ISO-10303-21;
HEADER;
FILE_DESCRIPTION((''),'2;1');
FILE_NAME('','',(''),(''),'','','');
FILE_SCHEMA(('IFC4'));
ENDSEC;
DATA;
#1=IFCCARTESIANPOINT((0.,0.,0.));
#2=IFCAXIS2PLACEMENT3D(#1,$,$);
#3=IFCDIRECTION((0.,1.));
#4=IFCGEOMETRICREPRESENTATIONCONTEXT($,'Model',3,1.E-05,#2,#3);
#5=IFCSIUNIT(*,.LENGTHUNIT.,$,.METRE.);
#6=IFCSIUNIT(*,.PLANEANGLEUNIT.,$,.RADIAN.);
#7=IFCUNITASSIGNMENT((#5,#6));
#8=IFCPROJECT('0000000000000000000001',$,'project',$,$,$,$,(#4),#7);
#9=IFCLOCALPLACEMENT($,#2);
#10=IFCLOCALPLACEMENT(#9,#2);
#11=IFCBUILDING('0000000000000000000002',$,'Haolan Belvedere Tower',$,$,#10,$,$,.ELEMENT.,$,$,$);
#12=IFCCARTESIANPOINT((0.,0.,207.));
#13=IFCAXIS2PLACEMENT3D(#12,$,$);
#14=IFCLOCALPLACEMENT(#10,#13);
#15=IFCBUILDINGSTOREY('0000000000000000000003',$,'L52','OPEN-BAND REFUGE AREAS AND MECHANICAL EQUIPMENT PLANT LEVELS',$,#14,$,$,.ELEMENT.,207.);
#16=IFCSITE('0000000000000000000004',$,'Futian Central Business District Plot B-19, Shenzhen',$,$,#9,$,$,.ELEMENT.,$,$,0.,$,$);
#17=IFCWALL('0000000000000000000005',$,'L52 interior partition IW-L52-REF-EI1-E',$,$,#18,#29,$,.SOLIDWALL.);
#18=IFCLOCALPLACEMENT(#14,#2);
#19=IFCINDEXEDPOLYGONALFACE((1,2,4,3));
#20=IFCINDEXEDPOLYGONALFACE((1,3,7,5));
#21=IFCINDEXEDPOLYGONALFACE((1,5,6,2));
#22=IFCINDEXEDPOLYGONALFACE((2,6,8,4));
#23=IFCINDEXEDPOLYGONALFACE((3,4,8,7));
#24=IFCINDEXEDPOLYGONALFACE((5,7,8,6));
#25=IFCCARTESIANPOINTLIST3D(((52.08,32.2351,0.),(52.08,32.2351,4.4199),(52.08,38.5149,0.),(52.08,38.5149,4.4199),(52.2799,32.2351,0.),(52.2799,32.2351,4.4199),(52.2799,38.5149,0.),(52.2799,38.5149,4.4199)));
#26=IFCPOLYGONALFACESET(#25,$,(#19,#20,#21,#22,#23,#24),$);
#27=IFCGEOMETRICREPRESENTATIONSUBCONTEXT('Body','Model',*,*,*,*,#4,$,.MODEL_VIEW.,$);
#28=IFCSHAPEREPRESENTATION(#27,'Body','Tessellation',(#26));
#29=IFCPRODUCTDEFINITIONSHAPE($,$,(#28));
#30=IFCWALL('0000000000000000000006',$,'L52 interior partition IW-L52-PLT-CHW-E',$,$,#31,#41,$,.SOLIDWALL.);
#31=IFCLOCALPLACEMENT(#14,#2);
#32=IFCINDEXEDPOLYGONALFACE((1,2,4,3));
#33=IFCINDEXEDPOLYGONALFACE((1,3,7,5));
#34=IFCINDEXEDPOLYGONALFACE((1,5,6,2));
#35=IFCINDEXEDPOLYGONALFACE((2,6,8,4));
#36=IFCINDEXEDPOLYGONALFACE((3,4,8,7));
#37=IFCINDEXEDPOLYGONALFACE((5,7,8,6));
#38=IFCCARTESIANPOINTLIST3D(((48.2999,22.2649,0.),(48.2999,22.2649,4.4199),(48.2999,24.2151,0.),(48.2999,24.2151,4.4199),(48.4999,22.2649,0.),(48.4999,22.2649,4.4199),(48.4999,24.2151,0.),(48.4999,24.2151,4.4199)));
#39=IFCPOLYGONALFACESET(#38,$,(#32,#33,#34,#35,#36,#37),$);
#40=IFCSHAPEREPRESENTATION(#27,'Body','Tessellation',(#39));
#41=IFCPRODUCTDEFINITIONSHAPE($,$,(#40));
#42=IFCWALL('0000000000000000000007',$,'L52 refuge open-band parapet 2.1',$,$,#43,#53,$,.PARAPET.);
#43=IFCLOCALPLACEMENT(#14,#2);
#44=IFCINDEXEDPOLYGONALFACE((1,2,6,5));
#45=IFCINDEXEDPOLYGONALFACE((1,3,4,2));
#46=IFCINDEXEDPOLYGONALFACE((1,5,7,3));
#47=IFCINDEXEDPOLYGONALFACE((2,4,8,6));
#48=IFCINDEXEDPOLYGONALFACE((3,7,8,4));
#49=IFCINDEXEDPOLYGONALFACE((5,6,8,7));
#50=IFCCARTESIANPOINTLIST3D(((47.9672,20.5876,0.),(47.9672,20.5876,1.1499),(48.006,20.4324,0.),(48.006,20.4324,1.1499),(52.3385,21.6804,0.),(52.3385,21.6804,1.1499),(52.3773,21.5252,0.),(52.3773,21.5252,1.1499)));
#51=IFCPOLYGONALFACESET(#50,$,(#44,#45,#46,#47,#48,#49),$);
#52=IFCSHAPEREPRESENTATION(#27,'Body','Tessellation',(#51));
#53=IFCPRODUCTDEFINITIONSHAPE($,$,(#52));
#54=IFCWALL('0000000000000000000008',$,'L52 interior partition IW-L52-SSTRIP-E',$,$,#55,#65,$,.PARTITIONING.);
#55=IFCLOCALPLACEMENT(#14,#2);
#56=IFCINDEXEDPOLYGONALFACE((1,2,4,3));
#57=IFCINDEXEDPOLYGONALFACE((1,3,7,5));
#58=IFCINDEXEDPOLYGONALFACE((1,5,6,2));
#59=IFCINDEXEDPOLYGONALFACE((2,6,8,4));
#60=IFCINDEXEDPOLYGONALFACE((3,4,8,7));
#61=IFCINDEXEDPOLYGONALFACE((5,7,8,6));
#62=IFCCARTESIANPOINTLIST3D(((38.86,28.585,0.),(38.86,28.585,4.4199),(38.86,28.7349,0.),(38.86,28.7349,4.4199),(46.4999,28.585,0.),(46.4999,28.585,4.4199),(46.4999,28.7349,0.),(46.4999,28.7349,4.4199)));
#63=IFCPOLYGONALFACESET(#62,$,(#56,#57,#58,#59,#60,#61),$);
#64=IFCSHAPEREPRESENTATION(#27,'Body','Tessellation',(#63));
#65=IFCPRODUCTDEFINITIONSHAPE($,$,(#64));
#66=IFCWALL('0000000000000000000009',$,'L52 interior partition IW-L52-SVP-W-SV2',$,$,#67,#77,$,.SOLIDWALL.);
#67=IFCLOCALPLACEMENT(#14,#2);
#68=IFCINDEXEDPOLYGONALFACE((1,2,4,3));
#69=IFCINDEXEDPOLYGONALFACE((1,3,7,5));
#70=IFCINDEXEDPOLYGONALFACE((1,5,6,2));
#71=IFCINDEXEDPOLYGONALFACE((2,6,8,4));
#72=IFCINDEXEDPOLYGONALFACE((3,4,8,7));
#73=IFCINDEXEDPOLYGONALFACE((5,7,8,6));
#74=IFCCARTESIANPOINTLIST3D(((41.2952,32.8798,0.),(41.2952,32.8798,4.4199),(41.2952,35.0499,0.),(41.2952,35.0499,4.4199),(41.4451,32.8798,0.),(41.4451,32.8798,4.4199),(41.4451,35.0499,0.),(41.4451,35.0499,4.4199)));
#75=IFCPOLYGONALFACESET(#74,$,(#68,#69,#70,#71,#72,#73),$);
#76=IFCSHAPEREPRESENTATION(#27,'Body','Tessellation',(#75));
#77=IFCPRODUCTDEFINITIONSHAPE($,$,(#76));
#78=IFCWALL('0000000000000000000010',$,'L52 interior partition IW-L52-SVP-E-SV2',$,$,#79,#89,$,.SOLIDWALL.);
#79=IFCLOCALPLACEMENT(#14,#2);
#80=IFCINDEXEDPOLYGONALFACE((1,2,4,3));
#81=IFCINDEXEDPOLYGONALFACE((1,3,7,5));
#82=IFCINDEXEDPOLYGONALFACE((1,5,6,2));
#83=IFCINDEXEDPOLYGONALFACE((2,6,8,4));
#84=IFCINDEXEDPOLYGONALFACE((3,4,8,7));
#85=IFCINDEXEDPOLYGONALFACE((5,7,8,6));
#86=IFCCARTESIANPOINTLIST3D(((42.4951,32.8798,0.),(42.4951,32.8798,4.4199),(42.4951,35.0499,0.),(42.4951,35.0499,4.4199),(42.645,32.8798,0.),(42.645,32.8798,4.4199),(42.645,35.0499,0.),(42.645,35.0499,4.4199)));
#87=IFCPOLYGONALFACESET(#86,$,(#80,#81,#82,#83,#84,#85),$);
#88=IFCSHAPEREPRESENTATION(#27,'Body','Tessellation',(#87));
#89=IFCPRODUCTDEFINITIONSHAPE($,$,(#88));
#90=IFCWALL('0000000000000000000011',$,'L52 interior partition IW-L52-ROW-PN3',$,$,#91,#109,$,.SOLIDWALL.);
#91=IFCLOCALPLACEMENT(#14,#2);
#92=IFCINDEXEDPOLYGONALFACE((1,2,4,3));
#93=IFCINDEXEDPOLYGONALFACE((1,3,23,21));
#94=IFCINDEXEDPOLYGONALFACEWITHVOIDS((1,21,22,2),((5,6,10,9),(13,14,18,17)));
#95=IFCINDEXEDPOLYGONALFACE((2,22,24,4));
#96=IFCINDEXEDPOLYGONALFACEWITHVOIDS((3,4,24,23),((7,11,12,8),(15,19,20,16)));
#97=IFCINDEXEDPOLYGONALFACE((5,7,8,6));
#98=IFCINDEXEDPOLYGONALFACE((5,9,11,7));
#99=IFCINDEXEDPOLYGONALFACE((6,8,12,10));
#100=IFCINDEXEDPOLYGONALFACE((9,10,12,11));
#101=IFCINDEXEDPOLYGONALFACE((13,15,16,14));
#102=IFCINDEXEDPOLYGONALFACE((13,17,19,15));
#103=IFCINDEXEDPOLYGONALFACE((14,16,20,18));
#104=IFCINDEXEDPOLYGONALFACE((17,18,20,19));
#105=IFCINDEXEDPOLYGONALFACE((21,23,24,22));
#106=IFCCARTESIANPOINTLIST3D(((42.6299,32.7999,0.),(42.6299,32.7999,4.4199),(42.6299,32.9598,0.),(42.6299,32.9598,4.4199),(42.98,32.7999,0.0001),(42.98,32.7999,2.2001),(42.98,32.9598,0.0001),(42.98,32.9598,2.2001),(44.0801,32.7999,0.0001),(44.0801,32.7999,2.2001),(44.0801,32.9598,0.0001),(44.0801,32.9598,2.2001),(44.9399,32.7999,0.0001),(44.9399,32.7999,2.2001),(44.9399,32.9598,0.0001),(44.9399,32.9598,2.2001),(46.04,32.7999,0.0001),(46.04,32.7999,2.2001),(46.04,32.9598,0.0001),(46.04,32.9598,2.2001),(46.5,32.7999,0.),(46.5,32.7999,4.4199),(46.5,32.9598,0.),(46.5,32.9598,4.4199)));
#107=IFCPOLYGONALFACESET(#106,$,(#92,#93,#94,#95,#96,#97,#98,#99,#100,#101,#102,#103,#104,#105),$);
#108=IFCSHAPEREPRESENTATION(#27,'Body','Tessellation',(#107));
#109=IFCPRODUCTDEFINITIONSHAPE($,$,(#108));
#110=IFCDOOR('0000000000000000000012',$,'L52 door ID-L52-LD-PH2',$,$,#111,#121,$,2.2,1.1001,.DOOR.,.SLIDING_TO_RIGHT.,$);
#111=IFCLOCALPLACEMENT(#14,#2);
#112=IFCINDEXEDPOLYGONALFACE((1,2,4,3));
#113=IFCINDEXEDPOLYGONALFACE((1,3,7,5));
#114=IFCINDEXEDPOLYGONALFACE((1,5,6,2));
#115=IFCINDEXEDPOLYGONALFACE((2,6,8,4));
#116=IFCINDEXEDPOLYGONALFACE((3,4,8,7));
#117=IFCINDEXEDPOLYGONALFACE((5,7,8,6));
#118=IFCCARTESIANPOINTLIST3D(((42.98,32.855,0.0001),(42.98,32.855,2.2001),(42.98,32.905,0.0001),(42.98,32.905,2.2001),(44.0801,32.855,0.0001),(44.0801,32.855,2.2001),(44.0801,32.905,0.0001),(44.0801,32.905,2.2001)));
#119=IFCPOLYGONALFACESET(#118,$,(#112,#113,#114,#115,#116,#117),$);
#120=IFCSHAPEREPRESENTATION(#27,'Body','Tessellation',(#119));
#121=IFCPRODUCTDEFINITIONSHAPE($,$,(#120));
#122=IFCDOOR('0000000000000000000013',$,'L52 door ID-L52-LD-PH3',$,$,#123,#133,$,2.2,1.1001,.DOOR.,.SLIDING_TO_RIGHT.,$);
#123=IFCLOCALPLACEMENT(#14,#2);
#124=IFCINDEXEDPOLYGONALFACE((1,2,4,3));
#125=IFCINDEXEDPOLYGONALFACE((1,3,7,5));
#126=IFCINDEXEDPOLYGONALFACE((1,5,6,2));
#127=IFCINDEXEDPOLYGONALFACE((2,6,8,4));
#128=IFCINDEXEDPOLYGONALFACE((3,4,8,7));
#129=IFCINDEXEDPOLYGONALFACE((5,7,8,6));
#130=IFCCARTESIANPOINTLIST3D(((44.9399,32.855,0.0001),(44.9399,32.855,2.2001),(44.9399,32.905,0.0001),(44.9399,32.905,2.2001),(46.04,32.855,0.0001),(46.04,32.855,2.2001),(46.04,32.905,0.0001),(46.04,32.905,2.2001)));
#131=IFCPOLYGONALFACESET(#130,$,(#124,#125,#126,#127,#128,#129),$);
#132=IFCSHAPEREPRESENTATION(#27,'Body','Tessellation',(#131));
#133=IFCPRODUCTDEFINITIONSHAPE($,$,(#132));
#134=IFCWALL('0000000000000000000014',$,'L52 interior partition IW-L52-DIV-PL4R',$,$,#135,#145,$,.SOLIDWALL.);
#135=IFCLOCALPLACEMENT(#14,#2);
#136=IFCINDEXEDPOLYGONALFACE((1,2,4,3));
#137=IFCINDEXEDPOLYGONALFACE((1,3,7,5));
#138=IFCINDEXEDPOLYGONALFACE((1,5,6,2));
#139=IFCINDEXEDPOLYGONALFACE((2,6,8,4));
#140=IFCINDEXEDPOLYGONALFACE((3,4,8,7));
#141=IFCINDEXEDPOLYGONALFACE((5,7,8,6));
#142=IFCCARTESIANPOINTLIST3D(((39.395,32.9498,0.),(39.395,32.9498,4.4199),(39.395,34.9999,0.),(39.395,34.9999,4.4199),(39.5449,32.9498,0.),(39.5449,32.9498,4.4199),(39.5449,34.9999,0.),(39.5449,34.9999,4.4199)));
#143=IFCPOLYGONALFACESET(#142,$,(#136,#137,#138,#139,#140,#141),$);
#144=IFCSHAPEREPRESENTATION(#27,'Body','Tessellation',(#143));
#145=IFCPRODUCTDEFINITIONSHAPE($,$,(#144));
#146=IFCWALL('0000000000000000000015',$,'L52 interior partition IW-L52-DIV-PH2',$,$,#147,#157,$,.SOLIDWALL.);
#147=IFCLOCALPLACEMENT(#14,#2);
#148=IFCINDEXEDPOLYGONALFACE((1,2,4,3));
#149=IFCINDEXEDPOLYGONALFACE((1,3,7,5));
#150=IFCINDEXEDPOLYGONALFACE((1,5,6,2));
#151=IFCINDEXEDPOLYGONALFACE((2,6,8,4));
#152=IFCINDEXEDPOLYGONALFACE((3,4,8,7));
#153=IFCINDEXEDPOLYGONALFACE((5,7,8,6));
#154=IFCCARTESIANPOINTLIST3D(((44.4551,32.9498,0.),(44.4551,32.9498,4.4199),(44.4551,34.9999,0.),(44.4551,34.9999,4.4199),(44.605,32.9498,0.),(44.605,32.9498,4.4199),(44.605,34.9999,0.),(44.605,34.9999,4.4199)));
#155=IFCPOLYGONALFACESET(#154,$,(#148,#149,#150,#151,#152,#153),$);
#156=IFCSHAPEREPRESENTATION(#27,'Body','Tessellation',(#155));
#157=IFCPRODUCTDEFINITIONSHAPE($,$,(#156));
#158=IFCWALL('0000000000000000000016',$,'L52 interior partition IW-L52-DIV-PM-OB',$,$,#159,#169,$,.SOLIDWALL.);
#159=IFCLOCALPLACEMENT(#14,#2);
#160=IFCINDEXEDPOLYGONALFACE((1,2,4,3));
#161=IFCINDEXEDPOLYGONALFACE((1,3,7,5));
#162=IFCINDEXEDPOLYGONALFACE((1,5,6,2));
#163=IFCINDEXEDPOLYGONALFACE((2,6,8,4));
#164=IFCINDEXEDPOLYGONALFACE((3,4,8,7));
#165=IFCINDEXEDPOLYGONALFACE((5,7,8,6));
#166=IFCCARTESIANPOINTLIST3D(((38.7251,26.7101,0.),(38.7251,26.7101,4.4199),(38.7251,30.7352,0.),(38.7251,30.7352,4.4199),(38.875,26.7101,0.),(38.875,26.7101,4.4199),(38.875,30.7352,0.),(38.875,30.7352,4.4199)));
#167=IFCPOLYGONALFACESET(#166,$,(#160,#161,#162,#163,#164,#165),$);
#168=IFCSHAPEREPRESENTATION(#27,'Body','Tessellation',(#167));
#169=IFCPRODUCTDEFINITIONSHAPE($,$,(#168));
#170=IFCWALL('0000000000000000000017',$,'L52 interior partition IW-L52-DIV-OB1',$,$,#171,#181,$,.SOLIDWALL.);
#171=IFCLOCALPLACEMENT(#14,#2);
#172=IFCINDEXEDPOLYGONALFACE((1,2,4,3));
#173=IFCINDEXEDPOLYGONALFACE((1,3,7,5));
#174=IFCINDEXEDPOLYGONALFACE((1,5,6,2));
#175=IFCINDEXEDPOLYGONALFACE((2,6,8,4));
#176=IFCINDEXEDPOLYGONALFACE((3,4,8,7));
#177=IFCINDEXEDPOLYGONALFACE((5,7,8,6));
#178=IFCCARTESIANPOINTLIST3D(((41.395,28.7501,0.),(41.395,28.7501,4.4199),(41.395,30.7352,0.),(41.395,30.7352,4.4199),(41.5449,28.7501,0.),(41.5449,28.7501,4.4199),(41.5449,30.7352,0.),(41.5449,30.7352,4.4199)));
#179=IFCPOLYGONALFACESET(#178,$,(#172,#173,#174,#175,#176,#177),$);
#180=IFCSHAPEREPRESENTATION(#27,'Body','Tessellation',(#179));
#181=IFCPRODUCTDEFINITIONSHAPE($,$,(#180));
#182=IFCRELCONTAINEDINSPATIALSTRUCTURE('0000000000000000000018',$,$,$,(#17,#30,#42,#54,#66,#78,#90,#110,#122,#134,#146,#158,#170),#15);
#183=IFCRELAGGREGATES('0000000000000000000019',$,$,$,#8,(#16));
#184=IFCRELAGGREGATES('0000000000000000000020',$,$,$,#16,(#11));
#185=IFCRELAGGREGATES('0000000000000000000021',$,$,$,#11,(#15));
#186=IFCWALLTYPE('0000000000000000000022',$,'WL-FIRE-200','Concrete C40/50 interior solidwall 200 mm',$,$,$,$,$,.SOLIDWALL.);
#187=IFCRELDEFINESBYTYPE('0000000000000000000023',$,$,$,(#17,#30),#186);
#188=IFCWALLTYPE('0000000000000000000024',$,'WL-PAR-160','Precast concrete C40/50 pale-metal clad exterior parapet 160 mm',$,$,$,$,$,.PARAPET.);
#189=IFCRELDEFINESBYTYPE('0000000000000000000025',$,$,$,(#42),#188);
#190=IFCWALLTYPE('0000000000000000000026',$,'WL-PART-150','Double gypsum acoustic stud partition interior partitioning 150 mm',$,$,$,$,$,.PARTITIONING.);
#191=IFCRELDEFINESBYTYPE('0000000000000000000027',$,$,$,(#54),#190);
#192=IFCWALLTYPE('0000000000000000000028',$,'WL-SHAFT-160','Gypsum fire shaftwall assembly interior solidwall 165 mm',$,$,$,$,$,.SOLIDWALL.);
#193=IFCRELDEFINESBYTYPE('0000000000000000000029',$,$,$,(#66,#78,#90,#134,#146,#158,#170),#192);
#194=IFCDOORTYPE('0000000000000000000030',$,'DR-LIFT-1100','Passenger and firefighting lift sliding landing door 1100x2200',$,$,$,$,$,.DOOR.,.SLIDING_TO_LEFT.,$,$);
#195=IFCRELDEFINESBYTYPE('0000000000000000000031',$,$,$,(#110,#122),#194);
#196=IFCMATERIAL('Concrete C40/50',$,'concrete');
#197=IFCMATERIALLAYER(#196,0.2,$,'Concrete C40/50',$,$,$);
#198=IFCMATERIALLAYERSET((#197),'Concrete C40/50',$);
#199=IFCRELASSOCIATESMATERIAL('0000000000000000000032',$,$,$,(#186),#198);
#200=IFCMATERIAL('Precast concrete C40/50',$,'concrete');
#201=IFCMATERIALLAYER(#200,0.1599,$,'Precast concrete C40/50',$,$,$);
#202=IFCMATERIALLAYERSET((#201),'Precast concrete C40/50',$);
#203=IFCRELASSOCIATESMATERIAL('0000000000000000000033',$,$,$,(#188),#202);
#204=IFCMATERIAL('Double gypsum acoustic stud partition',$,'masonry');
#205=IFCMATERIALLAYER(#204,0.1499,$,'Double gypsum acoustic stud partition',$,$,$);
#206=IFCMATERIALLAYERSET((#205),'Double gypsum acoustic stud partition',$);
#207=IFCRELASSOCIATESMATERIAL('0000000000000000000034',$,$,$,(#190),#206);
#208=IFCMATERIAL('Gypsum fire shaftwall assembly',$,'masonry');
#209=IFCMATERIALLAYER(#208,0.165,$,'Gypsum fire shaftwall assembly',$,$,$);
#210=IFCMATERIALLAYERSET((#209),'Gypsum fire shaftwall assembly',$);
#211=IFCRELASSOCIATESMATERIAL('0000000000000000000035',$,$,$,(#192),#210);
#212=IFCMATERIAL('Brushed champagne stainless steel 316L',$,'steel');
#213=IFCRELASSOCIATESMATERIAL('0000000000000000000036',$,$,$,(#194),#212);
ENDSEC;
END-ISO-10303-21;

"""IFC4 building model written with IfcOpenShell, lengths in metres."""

from ifc_helpers import new_model, si_unit, direction, frame, frame_2d, origin, place, context, subcontext, project, spatial, rectangle, extrude, material, layer, layer_set, type_object, element, fill, save


model = new_model("IFC4")

# Units and contexts
model_context = context("Model", 3, precision=1e-05, world=origin(), true_north=direction((0.0, 1.0)))
body_context = subcontext(model_context, "Body", "Model", "MODEL_VIEW")
ifc_project = project(units=[si_unit("LENGTHUNIT", "METRE"), si_unit("PLANEANGLEUNIT", "RADIAN")], contexts=[model_context])

# Site, building, storey
site_placement = place(None, origin())
site = spatial("IfcSite", under=ifc_project, at=site_placement, Name="Futian Central Business District Plot B-19, Shenzhen", CompositionType="ELEMENT", RefElevation=0.0)
building_placement = place(site_placement, origin())
building = spatial("IfcBuilding", under=site, at=building_placement, Name="Haolan Belvedere Tower", CompositionType="ELEMENT")
storey_placement = place(building_placement, frame((0.0, 0.0, 207.0)))
storey = spatial("IfcBuildingStorey", under=building, at=storey_placement, Name="L52", Description="OPEN-BAND REFUGE AREAS AND MECHANICAL EQUIPMENT PLANT LEVELS", CompositionType="ELEMENT", Elevation=207.0)

# Shared definitions
ifc_material_1 = material(Name="Concrete C40/50", Category="concrete")
ifc_layer_1 = layer(ifc_material_1, 0.2, Name="Concrete C40/50")
ifc_layer_set_1 = layer_set([ifc_layer_1], Name="Concrete C40/50")
wall_type_1 = type_object("IfcWallType", Name="WL-FIRE-200", Description="Concrete C40/50 interior solidwall 200 mm", PredefinedType="SOLIDWALL", material=ifc_layer_set_1)

# Walls
wall_1_placement = place(storey_placement, frame((52.1799, 32.2351, 0.0), z_axis=(0.0, 0.0, 1.0), x_axis=(0.0, 1.0, 0.0)))
element("IfcWall", 1, at=wall_1_placement, inside=storey, type_object=wall_type_1, Name="L52 interior partition IW-L52-REF-EI1-E", PredefinedType="SOLIDWALL", context=body_context, shape_type="SweptSolid", body=[
    extrude(rectangle(XDim=6.2798, YDim=0.2, at=frame_2d((3.1399, 0.0))), origin(), (0.0, 0.0, 1.0), 4.4199),
])
wall_2_placement = place(storey_placement, frame((48.3999, 22.2649, 0.0), z_axis=(0.0, 0.0, 1.0), x_axis=(0.0, 1.0, 0.0)))
element("IfcWall", 2, at=wall_2_placement, inside=storey, type_object=wall_type_1, Name="L52 interior partition IW-L52-PLT-CHW-E", PredefinedType="SOLIDWALL", context=body_context, shape_type="SweptSolid", body=[
    extrude(rectangle(XDim=1.9502, YDim=0.2, at=frame_2d((0.9751, 0.0))), origin(), (0.0, 0.0, 1.0), 4.4199),
])
ifc_material_2 = material(Name="Precast concrete C40/50", Category="concrete")
ifc_layer_2 = layer(ifc_material_2, 0.1599, Name="Precast concrete C40/50")
ifc_layer_set_2 = layer_set([ifc_layer_2], Name="Precast concrete C40/50")
wall_type_2 = type_object("IfcWallType", Name="WL-PAR-160", Description="Precast concrete C40/50 pale-metal clad exterior parapet 160 mm", PredefinedType="PARAPET", material=ifc_layer_set_2)
wall_3_placement = place(storey_placement, frame((47.9866, 20.51, 0.0), z_axis=(0.0, 0.0, 1.0), x_axis=(0.970146, 0.242523, 0.0)))
element("IfcWall", 3, at=wall_3_placement, inside=storey, type_object=wall_type_2, Name="L52 refuge open-band parapet 2.1", PredefinedType="PARAPET", context=body_context, shape_type="SweptSolid", body=[
    extrude(rectangle(XDim=4.5059, YDim=0.1599, at=frame_2d((2.2529, 0.0))), origin(), (0.0, 0.0, 1.0), 1.1499),
])
ifc_material_3 = material(Name="Double gypsum acoustic stud partition", Category="masonry")
ifc_layer_3 = layer(ifc_material_3, 0.1499, Name="Double gypsum acoustic stud partition")
ifc_layer_set_3 = layer_set([ifc_layer_3], Name="Double gypsum acoustic stud partition")
wall_type_3 = type_object("IfcWallType", Name="WL-PART-150", Description="Double gypsum acoustic stud partition interior partitioning 150 mm", PredefinedType="PARTITIONING", material=ifc_layer_set_3)
wall_4_placement = place(storey_placement, frame((38.8601, 28.6599, 0.0), z_axis=(0.0, 0.0, 1.0), x_axis=(1.0, 0.0, 0.0)))
element("IfcWall", 4, at=wall_4_placement, inside=storey, type_object=wall_type_3, Name="L52 interior partition IW-L52-SSTRIP-E", PredefinedType="PARTITIONING", context=body_context, shape_type="SweptSolid", body=[
    extrude(rectangle(XDim=7.6399, YDim=0.1499, at=frame_2d((3.8198, 0.0))), origin(), (0.0, 0.0, 1.0), 4.4199),
])
ifc_material_4 = material(Name="Gypsum fire shaftwall assembly", Category="masonry")
ifc_layer_4 = layer(ifc_material_4, 0.165, Name="Gypsum fire shaftwall assembly")
ifc_layer_set_4 = layer_set([ifc_layer_4], Name="Gypsum fire shaftwall assembly")
wall_type_4 = type_object("IfcWallType", Name="WL-SHAFT-160", Description="Gypsum fire shaftwall assembly interior solidwall 165 mm", PredefinedType="SOLIDWALL", material=ifc_layer_set_4)
for number, where, z_axis, x_axis, name in (
    (5, (41.3701, 32.8799, 0.0), (0.0, 0.0, 1.0), (0.0, 1.0, 0.0), "L52 interior partition IW-L52-SVP-W-SV2"),
    (6, (42.5701, 32.8799, 0.0), (0.0, 0.0, 1.0), (0.0, 1.0, 0.0), "L52 interior partition IW-L52-SVP-E-SV2"),
):
    element("IfcWall", number, at=place(storey_placement, frame(where, z_axis=z_axis, x_axis=x_axis)), inside=storey, type_object=wall_type_4, Name=name, PredefinedType="SOLIDWALL", context=body_context, shape_type="SweptSolid", body=[
        extrude(rectangle(XDim=2.1702, YDim=0.1499, at=frame_2d((1.085, 0.0))), origin(), (0.0, 0.0, 1.0), 4.4199),
    ])

# Wall, openings, doors
wall_5_placement = place(storey_placement, frame((42.6299, 32.8799, 0.0), z_axis=(0.0, 0.0, 1.0), x_axis=(1.0, 0.0, 0.0)))
wall_5 = element("IfcWall", 7, at=wall_5_placement, inside=storey, type_object=wall_type_4, Name="L52 interior partition IW-L52-ROW-PN3", PredefinedType="SOLIDWALL", context=body_context, shape_type="SweptSolid", body=[
    extrude(rectangle(XDim=3.8701, YDim=0.1599, at=frame_2d((1.9351, 0.0))), origin(), (0.0, 0.0, 1.0), 4.4199),
])
opening_1_placement = place(wall_5_placement, frame((1.4502, 0.0, 0.0), z_axis=(0.0, 0.0, 1.0), x_axis=(-1.0, 0.0, 0.0)))
opening_1 = element("IfcOpeningElement", 8, at=opening_1_placement, cuts=wall_5, PredefinedType="OPENING", context=body_context, shape_type="SweptSolid", body=[
    extrude(rectangle(XDim=1.1001, YDim=2.2, at=frame_2d((0.55, 1.1001))), frame((0.0, 0.0898, 0.0), z_axis=(0.0, -1.0, 0.0), x_axis=(1.0, 0.0, 0.0)), (0.0, 0.0, 1.0), 0.1799),
])
opening_2_placement = place(wall_5_placement, frame((3.4102, 0.0, 0.0), z_axis=(0.0, 0.0, 1.0), x_axis=(-1.0, 0.0, 0.0)))
opening_2 = element("IfcOpeningElement", 9, at=opening_2_placement, cuts=wall_5, PredefinedType="OPENING", context=body_context, shape_type="SweptSolid", body=[
    extrude(rectangle(XDim=1.1001, YDim=2.2, at=frame_2d((0.55, 1.1001))), frame((0.0, 0.0898, 0.0), z_axis=(0.0, -1.0, 0.0), x_axis=(1.0, 0.0, 0.0)), (0.0, 0.0, 1.0), 0.1799),
])
ifc_material_5 = material(Name="Brushed champagne stainless steel 316L", Category="steel")
door_type_1 = type_object("IfcDoorType", Name="DR-LIFT-1100", Description="Passenger and firefighting lift sliding landing door 1100x2200", OperationType="SLIDING_TO_LEFT", PredefinedType="DOOR", material=ifc_material_5)
door_1_placement = place(opening_1_placement, origin())
door_1 = element("IfcDoor", 10, at=door_1_placement, inside=storey, type_object=door_type_1, Name="L52 door ID-L52-LD-PH2", OperationType="SLIDING_TO_RIGHT", OverallHeight=2.2, OverallWidth=1.1001, PredefinedType="DOOR", context=body_context, shape_type="SweptSolid", body=[
    extrude(rectangle(XDim=1.1001, YDim=2.2, at=frame_2d((0.55, 1.1001))), frame((0.0, 0.0249, 0.0), z_axis=(0.0, -1.0, 0.0), x_axis=(1.0, 0.0, 0.0)), (0.0, 0.0, 1.0), 0.05),
])
fill(opening_1, door_1)
door_2_placement = place(opening_2_placement, origin())
door_2 = element("IfcDoor", 11, at=door_2_placement, inside=storey, type_object=door_type_1, Name="L52 door ID-L52-LD-PH3", OperationType="SLIDING_TO_RIGHT", OverallHeight=2.2, OverallWidth=1.1001, PredefinedType="DOOR", context=body_context, shape_type="SweptSolid", body=[
    extrude(rectangle(XDim=1.1001, YDim=2.2, at=frame_2d((0.55, 1.1001))), frame((0.0, 0.0249, 0.0), z_axis=(0.0, -1.0, 0.0), x_axis=(1.0, 0.0, 0.0)), (0.0, 0.0, 1.0), 0.05),
])
fill(opening_2, door_2)

# Walls
for number, where, z_axis, x_axis, name in (
    (12, (39.47, 32.95, 0.0), (0.0, 0.0, 1.0), (0.0, 1.0, 0.0), "L52 interior partition IW-L52-DIV-PL4R"),
    (13, (44.53, 32.95, 0.0), (0.0, 0.0, 1.0), (0.0, 1.0, 0.0), "L52 interior partition IW-L52-DIV-PH2"),
):
    element("IfcWall", number, at=place(storey_placement, frame(where, z_axis=z_axis, x_axis=x_axis)), inside=storey, type_object=wall_type_4, Name=name, PredefinedType="SOLIDWALL", context=body_context, shape_type="SweptSolid", body=[
        extrude(rectangle(XDim=2.05, YDim=0.1499, at=frame_2d((1.0249, 0.0))), origin(), (0.0, 0.0, 1.0), 4.4199),
    ])
wall_6_placement = place(storey_placement, frame((38.8, 26.71, 0.0), z_axis=(0.0, 0.0, 1.0), x_axis=(0.0, 1.0, 0.0)))
element("IfcWall", 14, at=wall_6_placement, inside=storey, type_object=wall_type_4, Name="L52 interior partition IW-L52-DIV-PM-OB", PredefinedType="SOLIDWALL", context=body_context, shape_type="SweptSolid", body=[
    extrude(rectangle(XDim=4.0251, YDim=0.1499, at=frame_2d((2.0127, 0.0))), origin(), (0.0, 0.0, 1.0), 4.4199),
])
for number, where, z_axis, x_axis, name in (
    (15, (41.47, 28.75, 0.0), (0.0, 0.0, 1.0), (0.0, 1.0, 0.0), "L52 interior partition IW-L52-DIV-OB1"),
):
    element("IfcWall", number, at=place(storey_placement, frame(where, z_axis=z_axis, x_axis=x_axis)), inside=storey, type_object=wall_type_4, Name=name, PredefinedType="SOLIDWALL", context=body_context, shape_type="SweptSolid", body=[
        extrude(rectangle(XDim=1.9851, YDim=0.1499, at=frame_2d((0.9927, 0.0))), origin(), (0.0, 0.0, 1.0), 4.4199),
    ])

save(model, "model.ifc")
